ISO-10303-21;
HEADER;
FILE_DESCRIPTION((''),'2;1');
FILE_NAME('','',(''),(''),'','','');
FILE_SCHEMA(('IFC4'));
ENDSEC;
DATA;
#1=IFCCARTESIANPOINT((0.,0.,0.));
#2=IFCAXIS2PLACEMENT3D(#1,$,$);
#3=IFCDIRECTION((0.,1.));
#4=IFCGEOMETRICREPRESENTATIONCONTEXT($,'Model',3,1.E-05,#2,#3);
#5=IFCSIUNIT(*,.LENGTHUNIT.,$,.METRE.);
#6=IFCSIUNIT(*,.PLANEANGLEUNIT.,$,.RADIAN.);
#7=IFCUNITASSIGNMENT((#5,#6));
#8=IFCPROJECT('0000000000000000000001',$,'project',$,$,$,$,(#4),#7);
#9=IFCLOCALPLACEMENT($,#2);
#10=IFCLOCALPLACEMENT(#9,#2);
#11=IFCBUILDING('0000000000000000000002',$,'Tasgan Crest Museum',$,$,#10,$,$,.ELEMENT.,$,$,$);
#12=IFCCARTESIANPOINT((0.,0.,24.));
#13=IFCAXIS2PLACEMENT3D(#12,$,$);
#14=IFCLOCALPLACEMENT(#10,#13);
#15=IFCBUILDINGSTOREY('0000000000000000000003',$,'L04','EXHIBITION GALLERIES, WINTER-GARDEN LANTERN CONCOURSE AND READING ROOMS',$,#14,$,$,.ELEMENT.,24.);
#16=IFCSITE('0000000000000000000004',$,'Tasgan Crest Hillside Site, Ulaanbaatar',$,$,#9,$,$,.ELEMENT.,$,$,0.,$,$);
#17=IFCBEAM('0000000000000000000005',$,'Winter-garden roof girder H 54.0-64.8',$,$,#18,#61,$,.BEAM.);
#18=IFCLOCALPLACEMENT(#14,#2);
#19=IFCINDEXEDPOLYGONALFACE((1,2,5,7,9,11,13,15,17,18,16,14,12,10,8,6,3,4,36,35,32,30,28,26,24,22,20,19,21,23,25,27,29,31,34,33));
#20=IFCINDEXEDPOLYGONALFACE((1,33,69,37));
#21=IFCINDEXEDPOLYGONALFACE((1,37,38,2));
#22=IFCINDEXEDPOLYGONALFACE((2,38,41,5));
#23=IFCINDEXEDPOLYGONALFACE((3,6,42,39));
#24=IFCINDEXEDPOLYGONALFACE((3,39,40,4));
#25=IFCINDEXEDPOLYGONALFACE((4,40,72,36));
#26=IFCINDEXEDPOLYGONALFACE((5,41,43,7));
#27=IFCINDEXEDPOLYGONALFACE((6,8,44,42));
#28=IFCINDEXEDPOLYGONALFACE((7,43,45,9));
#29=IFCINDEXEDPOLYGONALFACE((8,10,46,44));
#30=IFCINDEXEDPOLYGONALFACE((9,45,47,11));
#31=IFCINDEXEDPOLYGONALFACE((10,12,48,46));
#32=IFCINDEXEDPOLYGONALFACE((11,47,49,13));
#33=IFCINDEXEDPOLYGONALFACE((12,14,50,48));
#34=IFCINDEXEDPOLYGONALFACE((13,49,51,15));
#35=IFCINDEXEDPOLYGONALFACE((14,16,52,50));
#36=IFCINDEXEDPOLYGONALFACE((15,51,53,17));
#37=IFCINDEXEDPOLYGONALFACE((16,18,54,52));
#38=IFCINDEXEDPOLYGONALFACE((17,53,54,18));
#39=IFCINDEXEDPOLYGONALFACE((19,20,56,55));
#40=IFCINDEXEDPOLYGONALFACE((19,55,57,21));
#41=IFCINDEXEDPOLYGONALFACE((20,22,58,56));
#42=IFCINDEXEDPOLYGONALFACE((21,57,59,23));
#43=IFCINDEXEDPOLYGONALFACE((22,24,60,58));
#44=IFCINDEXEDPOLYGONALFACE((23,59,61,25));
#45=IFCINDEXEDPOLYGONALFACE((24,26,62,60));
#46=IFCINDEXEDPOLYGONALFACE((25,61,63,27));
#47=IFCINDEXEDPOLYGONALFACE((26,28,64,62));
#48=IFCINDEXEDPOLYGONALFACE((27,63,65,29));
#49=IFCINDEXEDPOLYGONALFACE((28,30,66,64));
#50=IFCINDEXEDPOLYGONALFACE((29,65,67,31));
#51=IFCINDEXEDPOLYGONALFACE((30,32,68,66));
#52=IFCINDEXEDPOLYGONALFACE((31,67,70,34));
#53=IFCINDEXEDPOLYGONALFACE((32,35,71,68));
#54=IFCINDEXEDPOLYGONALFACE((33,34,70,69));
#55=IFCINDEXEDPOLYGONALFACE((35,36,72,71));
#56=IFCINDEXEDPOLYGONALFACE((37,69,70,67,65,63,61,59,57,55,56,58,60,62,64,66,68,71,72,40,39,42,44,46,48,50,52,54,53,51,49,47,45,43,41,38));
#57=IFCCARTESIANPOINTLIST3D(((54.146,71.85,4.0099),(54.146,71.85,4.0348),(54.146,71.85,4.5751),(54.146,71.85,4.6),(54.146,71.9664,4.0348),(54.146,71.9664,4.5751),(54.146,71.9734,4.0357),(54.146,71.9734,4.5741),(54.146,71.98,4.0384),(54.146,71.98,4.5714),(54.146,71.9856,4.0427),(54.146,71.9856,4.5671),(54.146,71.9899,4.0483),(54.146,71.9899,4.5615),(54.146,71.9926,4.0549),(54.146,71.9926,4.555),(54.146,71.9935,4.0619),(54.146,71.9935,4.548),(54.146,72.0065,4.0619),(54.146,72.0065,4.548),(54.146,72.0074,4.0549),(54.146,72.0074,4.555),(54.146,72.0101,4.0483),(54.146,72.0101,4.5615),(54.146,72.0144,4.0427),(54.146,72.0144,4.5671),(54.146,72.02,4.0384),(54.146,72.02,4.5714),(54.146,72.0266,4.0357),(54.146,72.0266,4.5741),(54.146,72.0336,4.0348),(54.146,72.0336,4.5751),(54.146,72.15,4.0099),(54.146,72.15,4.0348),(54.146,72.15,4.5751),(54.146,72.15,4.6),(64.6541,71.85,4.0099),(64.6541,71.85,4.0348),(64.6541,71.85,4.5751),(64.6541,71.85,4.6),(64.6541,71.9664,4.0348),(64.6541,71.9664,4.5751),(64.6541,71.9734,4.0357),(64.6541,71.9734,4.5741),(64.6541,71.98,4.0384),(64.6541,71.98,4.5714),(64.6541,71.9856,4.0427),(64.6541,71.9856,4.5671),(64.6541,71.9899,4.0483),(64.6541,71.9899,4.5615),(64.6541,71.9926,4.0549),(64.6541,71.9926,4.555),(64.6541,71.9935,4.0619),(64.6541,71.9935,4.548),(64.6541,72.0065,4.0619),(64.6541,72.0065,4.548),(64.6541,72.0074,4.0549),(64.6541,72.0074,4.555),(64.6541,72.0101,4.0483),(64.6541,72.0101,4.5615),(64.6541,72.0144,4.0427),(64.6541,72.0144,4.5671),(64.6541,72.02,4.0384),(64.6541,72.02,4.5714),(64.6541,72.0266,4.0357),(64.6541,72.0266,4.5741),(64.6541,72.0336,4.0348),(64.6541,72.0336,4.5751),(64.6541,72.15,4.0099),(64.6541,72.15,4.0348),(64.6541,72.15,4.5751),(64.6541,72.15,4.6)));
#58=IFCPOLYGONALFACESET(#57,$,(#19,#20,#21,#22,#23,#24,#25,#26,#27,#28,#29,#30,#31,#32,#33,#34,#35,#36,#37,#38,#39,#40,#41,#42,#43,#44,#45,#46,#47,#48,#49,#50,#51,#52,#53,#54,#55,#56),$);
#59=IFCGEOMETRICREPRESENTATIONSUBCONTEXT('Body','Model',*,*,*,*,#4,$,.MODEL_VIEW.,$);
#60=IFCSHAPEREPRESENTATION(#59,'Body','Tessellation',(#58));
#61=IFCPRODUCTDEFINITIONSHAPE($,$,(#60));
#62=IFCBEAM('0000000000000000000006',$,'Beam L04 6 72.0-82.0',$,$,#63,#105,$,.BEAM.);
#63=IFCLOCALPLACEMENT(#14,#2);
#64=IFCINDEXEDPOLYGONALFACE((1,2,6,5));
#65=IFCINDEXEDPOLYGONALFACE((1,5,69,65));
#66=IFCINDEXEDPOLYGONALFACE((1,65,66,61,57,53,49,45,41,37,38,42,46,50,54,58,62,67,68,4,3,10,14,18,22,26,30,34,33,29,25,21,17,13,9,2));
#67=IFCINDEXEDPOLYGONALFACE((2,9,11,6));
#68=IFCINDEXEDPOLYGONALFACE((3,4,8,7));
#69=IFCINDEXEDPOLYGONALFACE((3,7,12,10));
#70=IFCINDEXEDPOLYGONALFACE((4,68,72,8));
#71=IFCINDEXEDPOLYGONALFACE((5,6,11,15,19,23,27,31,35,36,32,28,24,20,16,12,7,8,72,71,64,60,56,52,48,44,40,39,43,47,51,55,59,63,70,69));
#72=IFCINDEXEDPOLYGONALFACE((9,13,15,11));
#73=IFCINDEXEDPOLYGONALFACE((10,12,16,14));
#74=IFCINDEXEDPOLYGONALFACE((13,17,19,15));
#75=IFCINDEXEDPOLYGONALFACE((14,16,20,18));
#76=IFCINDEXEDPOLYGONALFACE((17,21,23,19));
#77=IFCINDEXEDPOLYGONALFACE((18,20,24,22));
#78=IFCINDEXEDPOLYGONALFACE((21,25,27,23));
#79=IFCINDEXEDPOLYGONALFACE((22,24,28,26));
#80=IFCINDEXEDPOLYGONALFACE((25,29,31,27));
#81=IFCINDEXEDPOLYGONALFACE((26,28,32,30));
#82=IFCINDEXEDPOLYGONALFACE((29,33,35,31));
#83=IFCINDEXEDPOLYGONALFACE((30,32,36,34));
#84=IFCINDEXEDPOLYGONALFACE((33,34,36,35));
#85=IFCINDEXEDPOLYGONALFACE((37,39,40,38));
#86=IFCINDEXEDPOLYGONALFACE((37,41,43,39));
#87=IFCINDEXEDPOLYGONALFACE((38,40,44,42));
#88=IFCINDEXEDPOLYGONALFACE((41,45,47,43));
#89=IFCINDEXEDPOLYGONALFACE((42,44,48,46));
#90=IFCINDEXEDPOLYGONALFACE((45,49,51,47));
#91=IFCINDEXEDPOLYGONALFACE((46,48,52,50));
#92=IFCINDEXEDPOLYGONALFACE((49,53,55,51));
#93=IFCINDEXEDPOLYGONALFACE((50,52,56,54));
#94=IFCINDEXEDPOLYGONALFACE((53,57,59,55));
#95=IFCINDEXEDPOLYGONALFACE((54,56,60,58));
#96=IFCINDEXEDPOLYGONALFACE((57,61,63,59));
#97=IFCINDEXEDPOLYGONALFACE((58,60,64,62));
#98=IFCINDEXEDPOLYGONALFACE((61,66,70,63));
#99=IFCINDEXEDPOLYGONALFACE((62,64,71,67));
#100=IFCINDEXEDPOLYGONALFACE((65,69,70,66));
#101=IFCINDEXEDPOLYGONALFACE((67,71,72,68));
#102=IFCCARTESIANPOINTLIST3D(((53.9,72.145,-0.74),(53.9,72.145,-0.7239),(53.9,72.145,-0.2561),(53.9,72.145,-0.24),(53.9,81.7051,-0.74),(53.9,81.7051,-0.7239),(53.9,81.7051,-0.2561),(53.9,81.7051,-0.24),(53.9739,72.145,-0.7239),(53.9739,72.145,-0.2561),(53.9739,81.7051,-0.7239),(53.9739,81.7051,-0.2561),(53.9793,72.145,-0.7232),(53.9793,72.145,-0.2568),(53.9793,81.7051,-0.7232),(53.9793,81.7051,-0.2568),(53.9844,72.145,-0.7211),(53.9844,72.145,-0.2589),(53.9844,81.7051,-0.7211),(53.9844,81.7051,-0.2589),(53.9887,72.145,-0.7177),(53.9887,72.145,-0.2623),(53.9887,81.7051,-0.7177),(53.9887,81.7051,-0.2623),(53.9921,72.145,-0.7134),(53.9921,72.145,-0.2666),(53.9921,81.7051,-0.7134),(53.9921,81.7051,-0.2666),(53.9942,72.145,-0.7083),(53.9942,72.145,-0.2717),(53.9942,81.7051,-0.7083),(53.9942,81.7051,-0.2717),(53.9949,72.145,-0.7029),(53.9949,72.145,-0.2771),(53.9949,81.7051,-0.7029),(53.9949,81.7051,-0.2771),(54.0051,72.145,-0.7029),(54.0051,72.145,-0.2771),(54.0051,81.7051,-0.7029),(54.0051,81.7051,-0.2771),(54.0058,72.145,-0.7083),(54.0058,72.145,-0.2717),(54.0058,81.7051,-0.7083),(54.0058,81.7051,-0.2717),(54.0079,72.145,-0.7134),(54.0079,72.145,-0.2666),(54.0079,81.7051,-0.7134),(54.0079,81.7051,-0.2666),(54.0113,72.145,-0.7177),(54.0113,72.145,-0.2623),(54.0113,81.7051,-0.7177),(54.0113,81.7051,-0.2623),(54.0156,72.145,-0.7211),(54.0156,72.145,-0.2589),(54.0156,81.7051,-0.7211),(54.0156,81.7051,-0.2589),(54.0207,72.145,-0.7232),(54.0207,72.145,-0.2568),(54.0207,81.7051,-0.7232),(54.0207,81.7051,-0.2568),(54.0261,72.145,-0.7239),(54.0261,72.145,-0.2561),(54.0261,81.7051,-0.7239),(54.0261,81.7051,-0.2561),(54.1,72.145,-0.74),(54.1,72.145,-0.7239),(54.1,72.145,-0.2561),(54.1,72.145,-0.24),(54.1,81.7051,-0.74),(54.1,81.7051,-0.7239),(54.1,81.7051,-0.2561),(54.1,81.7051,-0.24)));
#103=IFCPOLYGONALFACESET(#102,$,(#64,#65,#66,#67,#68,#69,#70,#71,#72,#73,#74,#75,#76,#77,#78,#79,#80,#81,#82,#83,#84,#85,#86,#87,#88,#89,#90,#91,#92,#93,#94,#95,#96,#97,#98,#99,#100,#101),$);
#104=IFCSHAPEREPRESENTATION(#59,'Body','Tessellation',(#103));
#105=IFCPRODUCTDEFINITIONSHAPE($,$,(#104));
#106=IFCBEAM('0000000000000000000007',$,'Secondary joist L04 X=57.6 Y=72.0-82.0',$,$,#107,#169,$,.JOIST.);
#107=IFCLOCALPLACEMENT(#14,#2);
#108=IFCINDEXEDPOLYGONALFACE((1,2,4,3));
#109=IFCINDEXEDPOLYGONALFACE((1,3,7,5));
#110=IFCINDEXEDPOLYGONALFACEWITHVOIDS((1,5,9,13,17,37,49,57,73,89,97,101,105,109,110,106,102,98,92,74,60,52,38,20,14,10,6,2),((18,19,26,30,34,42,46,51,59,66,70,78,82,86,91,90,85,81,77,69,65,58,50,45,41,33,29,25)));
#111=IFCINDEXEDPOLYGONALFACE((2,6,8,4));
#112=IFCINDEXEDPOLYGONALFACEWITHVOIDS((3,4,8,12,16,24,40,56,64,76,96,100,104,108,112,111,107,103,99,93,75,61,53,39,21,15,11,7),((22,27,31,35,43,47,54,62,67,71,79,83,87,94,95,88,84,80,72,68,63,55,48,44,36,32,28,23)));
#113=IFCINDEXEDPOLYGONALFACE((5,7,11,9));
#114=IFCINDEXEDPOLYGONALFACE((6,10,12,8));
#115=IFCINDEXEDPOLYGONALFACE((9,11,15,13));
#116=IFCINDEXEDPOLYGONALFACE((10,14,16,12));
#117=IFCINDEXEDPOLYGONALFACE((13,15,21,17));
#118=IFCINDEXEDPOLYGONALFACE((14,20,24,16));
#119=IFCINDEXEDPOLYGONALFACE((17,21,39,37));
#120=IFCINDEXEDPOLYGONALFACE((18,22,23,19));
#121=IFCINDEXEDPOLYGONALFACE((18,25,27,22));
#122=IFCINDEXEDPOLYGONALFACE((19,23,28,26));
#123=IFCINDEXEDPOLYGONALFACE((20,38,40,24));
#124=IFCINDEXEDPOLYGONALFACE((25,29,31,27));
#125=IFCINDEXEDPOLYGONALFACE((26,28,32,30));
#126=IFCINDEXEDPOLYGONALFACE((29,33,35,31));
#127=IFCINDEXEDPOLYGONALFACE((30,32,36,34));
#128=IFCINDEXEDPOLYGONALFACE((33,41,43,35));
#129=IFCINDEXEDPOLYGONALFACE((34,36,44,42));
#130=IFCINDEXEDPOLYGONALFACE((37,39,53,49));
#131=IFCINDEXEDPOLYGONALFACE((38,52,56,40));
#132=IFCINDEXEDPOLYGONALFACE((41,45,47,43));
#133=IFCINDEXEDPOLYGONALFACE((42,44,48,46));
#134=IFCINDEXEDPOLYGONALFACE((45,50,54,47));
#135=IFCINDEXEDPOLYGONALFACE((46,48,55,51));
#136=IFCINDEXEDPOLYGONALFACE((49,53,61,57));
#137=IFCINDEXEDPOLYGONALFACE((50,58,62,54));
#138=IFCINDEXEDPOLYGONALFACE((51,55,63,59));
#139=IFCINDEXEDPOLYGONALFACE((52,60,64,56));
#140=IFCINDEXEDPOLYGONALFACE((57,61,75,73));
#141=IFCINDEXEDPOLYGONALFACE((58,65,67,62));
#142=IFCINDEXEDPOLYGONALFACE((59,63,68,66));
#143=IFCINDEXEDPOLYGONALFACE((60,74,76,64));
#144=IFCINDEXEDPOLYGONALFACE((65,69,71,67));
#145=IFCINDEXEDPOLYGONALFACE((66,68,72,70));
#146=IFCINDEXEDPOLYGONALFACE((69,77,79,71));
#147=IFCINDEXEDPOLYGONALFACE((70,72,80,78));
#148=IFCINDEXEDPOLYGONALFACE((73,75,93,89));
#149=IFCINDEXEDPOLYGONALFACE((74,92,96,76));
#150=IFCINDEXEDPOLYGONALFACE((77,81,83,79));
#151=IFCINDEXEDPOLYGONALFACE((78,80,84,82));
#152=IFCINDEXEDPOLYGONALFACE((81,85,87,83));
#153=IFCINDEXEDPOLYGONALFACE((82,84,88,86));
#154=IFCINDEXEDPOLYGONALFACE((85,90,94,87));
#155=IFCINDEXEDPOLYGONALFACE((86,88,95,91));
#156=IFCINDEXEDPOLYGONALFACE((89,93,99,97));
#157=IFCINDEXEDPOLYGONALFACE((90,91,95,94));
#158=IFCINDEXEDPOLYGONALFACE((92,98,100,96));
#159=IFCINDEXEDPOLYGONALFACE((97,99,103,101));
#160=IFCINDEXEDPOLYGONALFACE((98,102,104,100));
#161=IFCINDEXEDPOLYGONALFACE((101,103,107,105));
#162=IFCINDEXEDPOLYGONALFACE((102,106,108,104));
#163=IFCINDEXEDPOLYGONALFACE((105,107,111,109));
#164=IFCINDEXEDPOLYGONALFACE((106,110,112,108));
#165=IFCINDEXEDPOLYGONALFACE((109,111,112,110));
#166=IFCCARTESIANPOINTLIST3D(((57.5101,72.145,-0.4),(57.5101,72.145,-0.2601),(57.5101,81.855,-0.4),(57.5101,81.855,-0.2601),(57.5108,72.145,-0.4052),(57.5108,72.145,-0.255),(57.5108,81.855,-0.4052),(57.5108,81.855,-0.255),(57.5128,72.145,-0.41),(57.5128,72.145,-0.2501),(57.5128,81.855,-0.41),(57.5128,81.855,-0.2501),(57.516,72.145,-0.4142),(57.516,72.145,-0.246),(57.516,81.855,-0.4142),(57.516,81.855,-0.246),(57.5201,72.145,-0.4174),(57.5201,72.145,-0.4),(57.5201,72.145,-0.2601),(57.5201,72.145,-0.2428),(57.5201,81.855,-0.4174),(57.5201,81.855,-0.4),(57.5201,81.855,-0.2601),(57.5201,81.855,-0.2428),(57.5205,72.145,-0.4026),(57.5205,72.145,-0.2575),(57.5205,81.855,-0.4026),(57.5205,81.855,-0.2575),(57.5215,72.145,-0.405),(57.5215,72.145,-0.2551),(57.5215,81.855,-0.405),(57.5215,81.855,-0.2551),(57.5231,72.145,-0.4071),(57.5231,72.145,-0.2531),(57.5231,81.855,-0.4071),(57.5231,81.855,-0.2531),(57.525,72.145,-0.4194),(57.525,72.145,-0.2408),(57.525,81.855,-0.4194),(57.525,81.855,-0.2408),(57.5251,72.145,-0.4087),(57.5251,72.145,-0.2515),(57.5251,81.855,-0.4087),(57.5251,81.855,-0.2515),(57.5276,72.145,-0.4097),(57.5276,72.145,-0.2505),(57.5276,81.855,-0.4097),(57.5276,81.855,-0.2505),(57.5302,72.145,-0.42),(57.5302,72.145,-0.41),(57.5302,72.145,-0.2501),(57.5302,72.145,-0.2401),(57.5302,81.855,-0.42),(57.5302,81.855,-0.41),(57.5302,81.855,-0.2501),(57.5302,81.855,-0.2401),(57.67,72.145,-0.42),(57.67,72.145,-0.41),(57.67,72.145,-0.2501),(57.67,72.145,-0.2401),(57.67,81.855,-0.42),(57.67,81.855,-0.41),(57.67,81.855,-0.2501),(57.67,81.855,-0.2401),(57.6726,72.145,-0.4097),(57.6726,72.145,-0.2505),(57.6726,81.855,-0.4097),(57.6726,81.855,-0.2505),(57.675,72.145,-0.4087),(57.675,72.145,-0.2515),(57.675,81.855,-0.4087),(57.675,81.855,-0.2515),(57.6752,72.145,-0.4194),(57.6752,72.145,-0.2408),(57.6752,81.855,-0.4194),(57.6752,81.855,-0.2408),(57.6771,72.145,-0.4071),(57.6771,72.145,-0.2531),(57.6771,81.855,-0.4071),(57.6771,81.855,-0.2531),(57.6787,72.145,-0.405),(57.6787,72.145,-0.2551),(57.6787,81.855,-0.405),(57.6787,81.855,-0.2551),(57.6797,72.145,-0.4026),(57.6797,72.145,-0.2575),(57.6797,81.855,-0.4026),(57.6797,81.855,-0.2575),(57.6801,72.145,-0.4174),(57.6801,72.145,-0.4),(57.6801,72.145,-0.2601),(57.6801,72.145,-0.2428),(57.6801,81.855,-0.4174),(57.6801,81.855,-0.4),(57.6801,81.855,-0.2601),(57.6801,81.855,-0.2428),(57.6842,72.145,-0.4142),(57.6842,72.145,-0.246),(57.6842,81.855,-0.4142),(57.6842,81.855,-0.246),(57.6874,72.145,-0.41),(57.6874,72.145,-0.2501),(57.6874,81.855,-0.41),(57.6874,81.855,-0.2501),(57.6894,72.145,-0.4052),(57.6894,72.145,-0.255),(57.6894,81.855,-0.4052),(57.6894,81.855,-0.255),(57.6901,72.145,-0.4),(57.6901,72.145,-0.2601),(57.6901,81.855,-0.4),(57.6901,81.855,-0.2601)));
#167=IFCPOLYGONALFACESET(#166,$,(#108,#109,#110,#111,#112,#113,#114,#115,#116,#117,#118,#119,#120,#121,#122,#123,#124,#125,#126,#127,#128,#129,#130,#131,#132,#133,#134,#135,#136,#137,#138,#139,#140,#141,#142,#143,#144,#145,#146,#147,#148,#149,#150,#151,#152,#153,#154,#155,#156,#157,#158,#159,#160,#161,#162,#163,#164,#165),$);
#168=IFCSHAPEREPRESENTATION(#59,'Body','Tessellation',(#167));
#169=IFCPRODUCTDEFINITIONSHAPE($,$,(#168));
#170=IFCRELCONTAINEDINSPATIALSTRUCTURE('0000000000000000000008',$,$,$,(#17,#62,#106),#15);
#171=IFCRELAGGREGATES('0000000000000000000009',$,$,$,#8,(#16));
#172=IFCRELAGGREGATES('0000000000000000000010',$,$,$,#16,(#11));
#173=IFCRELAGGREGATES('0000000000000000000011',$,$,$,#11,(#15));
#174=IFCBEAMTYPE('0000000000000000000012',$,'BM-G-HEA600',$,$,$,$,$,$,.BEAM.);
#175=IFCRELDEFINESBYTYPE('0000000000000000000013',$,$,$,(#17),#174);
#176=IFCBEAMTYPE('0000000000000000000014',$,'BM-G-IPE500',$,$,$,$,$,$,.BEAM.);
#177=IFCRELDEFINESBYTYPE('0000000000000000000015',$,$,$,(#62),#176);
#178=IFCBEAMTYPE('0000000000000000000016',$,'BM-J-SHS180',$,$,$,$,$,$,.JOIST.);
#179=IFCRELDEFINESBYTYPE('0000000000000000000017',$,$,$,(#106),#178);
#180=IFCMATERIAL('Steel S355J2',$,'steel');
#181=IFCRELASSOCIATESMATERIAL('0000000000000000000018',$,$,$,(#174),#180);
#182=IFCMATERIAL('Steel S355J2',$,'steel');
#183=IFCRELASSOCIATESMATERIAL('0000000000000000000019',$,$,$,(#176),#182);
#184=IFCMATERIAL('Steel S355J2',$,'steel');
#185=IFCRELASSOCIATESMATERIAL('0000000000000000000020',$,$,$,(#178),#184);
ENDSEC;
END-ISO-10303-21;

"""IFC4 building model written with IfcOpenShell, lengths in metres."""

from ifc_helpers import new_model, si_unit, direction, frame, origin, origin_2d, place, context, subcontext, project, spatial, hollow_rectangle, i_section, extrude, material, material_profile, profile_set, type_object, element, save


model = new_model("IFC4")

# Units and contexts
model_context = context("Model", 3, precision=1e-05, world=origin(), true_north=direction((0.0, 1.0)))
body_context = subcontext(model_context, "Body", "Model", "MODEL_VIEW")
ifc_project = project(units=[si_unit("LENGTHUNIT", "METRE"), si_unit("PLANEANGLEUNIT", "RADIAN")], contexts=[model_context])

# Site, building, storey
site_placement = place(None, origin())
site = spatial("IfcSite", under=ifc_project, at=site_placement, Name="Tasgan Crest Hillside Site, Ulaanbaatar", CompositionType="ELEMENT", RefElevation=0.0)
building_placement = place(site_placement, origin())
building = spatial("IfcBuilding", under=site, at=building_placement, Name="Tasgan Crest Museum", CompositionType="ELEMENT")
storey_placement = place(building_placement, frame((0.0, 0.0, 24.0)))
storey = spatial("IfcBuildingStorey", under=building, at=storey_placement, Name="L04", Description="EXHIBITION GALLERIES, WINTER-GARDEN LANTERN CONCOURSE AND READING ROOMS", CompositionType="ELEMENT", Elevation=24.0)

# Beams
ifc_material_1 = material(Name="Steel S355J2", Category="steel")
ifc_material_profile_1 = material_profile(ifc_material_1, i_section(OverallWidth=0.3, OverallDepth=0.5901, WebThickness=0.0129, FlangeThickness=0.0249, FilletRadius=0.0271, at=origin_2d()), Name="HEA 600")
ifc_profile_set_1 = profile_set([ifc_material_profile_1], Name="Steel S355J2")
beam_type_1 = type_object("IfcBeamType", Name="BM-G-HEA600", PredefinedType="BEAM", material=ifc_profile_set_1)
beam_1_placement = place(storey_placement, frame((54.146, 72.0, 4.3049), z_axis=(1.0, 0.0, 0.0), x_axis=(0.0, 1.0, 0.0)))
element("IfcBeam", 1, at=beam_1_placement, inside=storey, type_object=beam_type_1, Name="Winter-garden roof girder H 54.0-64.8", PredefinedType="BEAM", context=body_context, shape_type="SweptSolid", body=[
    extrude(i_section(OverallWidth=0.3, OverallDepth=0.5901, WebThickness=0.0129, FlangeThickness=0.0249, FilletRadius=0.0271, at=origin_2d()), origin(), (0.0, 0.0, 1.0), 10.5081),
])
ifc_material_2 = material(Name="Steel S355J2", Category="steel")
ifc_material_profile_2 = material_profile(ifc_material_2, i_section(OverallWidth=0.2, OverallDepth=0.5, WebThickness=0.0103, FlangeThickness=0.0161, FilletRadius=0.021, at=origin_2d()), Name="IPE 500")
ifc_profile_set_2 = profile_set([ifc_material_profile_2], Name="Steel S355J2")
beam_type_2 = type_object("IfcBeamType", Name="BM-G-IPE500", PredefinedType="BEAM", material=ifc_profile_set_2)
beam_2_placement = place(storey_placement, frame((54.0, 72.145, -0.49), z_axis=(0.0, 1.0, 0.0), x_axis=(-1.0, 0.0, 0.0)))
element("IfcBeam", 2, at=beam_2_placement, inside=storey, type_object=beam_type_2, Name="Beam L04 6 72.0-82.0", PredefinedType="BEAM", context=body_context, shape_type="SweptSolid", body=[
    extrude(i_section(OverallWidth=0.2, OverallDepth=0.5, WebThickness=0.0103, FlangeThickness=0.0161, FilletRadius=0.021, at=origin_2d()), origin(), (0.0, 0.0, 1.0), 9.5601),
])
ifc_material_3 = material(Name="Steel S355J2", Category="steel")
ifc_material_profile_3 = material_profile(ifc_material_3, hollow_rectangle(XDim=0.1799, YDim=0.1799, WallThickness=0.01, InnerFilletRadius=0.01, OuterFilletRadius=0.02, at=origin_2d()), Name="SHS 180x180x10")
ifc_profile_set_3 = profile_set([ifc_material_profile_3], Name="Steel S355J2")
beam_type_3 = type_object("IfcBeamType", Name="BM-J-SHS180", PredefinedType="JOIST", material=ifc_profile_set_3)
for number, where, z_axis, x_axis, name in (
    (3, (57.6001, 72.145, -0.3301), (0.0, 1.0, 0.0), (-1.0, 0.0, 0.0), "Secondary joist L04 X=57.6 Y=72.0-82.0"),
):
    element("IfcBeam", number, at=place(storey_placement, frame(where, z_axis=z_axis, x_axis=x_axis)), inside=storey, type_object=beam_type_3, Name=name, PredefinedType="JOIST", context=body_context, shape_type="SweptSolid", body=[
        extrude(hollow_rectangle(XDim=0.1799, YDim=0.1799, WallThickness=0.01, InnerFilletRadius=0.01, OuterFilletRadius=0.02, at=origin_2d()), origin(), (0.0, 0.0, 1.0), 9.71),
    ])

save(model, "model.ifc")
